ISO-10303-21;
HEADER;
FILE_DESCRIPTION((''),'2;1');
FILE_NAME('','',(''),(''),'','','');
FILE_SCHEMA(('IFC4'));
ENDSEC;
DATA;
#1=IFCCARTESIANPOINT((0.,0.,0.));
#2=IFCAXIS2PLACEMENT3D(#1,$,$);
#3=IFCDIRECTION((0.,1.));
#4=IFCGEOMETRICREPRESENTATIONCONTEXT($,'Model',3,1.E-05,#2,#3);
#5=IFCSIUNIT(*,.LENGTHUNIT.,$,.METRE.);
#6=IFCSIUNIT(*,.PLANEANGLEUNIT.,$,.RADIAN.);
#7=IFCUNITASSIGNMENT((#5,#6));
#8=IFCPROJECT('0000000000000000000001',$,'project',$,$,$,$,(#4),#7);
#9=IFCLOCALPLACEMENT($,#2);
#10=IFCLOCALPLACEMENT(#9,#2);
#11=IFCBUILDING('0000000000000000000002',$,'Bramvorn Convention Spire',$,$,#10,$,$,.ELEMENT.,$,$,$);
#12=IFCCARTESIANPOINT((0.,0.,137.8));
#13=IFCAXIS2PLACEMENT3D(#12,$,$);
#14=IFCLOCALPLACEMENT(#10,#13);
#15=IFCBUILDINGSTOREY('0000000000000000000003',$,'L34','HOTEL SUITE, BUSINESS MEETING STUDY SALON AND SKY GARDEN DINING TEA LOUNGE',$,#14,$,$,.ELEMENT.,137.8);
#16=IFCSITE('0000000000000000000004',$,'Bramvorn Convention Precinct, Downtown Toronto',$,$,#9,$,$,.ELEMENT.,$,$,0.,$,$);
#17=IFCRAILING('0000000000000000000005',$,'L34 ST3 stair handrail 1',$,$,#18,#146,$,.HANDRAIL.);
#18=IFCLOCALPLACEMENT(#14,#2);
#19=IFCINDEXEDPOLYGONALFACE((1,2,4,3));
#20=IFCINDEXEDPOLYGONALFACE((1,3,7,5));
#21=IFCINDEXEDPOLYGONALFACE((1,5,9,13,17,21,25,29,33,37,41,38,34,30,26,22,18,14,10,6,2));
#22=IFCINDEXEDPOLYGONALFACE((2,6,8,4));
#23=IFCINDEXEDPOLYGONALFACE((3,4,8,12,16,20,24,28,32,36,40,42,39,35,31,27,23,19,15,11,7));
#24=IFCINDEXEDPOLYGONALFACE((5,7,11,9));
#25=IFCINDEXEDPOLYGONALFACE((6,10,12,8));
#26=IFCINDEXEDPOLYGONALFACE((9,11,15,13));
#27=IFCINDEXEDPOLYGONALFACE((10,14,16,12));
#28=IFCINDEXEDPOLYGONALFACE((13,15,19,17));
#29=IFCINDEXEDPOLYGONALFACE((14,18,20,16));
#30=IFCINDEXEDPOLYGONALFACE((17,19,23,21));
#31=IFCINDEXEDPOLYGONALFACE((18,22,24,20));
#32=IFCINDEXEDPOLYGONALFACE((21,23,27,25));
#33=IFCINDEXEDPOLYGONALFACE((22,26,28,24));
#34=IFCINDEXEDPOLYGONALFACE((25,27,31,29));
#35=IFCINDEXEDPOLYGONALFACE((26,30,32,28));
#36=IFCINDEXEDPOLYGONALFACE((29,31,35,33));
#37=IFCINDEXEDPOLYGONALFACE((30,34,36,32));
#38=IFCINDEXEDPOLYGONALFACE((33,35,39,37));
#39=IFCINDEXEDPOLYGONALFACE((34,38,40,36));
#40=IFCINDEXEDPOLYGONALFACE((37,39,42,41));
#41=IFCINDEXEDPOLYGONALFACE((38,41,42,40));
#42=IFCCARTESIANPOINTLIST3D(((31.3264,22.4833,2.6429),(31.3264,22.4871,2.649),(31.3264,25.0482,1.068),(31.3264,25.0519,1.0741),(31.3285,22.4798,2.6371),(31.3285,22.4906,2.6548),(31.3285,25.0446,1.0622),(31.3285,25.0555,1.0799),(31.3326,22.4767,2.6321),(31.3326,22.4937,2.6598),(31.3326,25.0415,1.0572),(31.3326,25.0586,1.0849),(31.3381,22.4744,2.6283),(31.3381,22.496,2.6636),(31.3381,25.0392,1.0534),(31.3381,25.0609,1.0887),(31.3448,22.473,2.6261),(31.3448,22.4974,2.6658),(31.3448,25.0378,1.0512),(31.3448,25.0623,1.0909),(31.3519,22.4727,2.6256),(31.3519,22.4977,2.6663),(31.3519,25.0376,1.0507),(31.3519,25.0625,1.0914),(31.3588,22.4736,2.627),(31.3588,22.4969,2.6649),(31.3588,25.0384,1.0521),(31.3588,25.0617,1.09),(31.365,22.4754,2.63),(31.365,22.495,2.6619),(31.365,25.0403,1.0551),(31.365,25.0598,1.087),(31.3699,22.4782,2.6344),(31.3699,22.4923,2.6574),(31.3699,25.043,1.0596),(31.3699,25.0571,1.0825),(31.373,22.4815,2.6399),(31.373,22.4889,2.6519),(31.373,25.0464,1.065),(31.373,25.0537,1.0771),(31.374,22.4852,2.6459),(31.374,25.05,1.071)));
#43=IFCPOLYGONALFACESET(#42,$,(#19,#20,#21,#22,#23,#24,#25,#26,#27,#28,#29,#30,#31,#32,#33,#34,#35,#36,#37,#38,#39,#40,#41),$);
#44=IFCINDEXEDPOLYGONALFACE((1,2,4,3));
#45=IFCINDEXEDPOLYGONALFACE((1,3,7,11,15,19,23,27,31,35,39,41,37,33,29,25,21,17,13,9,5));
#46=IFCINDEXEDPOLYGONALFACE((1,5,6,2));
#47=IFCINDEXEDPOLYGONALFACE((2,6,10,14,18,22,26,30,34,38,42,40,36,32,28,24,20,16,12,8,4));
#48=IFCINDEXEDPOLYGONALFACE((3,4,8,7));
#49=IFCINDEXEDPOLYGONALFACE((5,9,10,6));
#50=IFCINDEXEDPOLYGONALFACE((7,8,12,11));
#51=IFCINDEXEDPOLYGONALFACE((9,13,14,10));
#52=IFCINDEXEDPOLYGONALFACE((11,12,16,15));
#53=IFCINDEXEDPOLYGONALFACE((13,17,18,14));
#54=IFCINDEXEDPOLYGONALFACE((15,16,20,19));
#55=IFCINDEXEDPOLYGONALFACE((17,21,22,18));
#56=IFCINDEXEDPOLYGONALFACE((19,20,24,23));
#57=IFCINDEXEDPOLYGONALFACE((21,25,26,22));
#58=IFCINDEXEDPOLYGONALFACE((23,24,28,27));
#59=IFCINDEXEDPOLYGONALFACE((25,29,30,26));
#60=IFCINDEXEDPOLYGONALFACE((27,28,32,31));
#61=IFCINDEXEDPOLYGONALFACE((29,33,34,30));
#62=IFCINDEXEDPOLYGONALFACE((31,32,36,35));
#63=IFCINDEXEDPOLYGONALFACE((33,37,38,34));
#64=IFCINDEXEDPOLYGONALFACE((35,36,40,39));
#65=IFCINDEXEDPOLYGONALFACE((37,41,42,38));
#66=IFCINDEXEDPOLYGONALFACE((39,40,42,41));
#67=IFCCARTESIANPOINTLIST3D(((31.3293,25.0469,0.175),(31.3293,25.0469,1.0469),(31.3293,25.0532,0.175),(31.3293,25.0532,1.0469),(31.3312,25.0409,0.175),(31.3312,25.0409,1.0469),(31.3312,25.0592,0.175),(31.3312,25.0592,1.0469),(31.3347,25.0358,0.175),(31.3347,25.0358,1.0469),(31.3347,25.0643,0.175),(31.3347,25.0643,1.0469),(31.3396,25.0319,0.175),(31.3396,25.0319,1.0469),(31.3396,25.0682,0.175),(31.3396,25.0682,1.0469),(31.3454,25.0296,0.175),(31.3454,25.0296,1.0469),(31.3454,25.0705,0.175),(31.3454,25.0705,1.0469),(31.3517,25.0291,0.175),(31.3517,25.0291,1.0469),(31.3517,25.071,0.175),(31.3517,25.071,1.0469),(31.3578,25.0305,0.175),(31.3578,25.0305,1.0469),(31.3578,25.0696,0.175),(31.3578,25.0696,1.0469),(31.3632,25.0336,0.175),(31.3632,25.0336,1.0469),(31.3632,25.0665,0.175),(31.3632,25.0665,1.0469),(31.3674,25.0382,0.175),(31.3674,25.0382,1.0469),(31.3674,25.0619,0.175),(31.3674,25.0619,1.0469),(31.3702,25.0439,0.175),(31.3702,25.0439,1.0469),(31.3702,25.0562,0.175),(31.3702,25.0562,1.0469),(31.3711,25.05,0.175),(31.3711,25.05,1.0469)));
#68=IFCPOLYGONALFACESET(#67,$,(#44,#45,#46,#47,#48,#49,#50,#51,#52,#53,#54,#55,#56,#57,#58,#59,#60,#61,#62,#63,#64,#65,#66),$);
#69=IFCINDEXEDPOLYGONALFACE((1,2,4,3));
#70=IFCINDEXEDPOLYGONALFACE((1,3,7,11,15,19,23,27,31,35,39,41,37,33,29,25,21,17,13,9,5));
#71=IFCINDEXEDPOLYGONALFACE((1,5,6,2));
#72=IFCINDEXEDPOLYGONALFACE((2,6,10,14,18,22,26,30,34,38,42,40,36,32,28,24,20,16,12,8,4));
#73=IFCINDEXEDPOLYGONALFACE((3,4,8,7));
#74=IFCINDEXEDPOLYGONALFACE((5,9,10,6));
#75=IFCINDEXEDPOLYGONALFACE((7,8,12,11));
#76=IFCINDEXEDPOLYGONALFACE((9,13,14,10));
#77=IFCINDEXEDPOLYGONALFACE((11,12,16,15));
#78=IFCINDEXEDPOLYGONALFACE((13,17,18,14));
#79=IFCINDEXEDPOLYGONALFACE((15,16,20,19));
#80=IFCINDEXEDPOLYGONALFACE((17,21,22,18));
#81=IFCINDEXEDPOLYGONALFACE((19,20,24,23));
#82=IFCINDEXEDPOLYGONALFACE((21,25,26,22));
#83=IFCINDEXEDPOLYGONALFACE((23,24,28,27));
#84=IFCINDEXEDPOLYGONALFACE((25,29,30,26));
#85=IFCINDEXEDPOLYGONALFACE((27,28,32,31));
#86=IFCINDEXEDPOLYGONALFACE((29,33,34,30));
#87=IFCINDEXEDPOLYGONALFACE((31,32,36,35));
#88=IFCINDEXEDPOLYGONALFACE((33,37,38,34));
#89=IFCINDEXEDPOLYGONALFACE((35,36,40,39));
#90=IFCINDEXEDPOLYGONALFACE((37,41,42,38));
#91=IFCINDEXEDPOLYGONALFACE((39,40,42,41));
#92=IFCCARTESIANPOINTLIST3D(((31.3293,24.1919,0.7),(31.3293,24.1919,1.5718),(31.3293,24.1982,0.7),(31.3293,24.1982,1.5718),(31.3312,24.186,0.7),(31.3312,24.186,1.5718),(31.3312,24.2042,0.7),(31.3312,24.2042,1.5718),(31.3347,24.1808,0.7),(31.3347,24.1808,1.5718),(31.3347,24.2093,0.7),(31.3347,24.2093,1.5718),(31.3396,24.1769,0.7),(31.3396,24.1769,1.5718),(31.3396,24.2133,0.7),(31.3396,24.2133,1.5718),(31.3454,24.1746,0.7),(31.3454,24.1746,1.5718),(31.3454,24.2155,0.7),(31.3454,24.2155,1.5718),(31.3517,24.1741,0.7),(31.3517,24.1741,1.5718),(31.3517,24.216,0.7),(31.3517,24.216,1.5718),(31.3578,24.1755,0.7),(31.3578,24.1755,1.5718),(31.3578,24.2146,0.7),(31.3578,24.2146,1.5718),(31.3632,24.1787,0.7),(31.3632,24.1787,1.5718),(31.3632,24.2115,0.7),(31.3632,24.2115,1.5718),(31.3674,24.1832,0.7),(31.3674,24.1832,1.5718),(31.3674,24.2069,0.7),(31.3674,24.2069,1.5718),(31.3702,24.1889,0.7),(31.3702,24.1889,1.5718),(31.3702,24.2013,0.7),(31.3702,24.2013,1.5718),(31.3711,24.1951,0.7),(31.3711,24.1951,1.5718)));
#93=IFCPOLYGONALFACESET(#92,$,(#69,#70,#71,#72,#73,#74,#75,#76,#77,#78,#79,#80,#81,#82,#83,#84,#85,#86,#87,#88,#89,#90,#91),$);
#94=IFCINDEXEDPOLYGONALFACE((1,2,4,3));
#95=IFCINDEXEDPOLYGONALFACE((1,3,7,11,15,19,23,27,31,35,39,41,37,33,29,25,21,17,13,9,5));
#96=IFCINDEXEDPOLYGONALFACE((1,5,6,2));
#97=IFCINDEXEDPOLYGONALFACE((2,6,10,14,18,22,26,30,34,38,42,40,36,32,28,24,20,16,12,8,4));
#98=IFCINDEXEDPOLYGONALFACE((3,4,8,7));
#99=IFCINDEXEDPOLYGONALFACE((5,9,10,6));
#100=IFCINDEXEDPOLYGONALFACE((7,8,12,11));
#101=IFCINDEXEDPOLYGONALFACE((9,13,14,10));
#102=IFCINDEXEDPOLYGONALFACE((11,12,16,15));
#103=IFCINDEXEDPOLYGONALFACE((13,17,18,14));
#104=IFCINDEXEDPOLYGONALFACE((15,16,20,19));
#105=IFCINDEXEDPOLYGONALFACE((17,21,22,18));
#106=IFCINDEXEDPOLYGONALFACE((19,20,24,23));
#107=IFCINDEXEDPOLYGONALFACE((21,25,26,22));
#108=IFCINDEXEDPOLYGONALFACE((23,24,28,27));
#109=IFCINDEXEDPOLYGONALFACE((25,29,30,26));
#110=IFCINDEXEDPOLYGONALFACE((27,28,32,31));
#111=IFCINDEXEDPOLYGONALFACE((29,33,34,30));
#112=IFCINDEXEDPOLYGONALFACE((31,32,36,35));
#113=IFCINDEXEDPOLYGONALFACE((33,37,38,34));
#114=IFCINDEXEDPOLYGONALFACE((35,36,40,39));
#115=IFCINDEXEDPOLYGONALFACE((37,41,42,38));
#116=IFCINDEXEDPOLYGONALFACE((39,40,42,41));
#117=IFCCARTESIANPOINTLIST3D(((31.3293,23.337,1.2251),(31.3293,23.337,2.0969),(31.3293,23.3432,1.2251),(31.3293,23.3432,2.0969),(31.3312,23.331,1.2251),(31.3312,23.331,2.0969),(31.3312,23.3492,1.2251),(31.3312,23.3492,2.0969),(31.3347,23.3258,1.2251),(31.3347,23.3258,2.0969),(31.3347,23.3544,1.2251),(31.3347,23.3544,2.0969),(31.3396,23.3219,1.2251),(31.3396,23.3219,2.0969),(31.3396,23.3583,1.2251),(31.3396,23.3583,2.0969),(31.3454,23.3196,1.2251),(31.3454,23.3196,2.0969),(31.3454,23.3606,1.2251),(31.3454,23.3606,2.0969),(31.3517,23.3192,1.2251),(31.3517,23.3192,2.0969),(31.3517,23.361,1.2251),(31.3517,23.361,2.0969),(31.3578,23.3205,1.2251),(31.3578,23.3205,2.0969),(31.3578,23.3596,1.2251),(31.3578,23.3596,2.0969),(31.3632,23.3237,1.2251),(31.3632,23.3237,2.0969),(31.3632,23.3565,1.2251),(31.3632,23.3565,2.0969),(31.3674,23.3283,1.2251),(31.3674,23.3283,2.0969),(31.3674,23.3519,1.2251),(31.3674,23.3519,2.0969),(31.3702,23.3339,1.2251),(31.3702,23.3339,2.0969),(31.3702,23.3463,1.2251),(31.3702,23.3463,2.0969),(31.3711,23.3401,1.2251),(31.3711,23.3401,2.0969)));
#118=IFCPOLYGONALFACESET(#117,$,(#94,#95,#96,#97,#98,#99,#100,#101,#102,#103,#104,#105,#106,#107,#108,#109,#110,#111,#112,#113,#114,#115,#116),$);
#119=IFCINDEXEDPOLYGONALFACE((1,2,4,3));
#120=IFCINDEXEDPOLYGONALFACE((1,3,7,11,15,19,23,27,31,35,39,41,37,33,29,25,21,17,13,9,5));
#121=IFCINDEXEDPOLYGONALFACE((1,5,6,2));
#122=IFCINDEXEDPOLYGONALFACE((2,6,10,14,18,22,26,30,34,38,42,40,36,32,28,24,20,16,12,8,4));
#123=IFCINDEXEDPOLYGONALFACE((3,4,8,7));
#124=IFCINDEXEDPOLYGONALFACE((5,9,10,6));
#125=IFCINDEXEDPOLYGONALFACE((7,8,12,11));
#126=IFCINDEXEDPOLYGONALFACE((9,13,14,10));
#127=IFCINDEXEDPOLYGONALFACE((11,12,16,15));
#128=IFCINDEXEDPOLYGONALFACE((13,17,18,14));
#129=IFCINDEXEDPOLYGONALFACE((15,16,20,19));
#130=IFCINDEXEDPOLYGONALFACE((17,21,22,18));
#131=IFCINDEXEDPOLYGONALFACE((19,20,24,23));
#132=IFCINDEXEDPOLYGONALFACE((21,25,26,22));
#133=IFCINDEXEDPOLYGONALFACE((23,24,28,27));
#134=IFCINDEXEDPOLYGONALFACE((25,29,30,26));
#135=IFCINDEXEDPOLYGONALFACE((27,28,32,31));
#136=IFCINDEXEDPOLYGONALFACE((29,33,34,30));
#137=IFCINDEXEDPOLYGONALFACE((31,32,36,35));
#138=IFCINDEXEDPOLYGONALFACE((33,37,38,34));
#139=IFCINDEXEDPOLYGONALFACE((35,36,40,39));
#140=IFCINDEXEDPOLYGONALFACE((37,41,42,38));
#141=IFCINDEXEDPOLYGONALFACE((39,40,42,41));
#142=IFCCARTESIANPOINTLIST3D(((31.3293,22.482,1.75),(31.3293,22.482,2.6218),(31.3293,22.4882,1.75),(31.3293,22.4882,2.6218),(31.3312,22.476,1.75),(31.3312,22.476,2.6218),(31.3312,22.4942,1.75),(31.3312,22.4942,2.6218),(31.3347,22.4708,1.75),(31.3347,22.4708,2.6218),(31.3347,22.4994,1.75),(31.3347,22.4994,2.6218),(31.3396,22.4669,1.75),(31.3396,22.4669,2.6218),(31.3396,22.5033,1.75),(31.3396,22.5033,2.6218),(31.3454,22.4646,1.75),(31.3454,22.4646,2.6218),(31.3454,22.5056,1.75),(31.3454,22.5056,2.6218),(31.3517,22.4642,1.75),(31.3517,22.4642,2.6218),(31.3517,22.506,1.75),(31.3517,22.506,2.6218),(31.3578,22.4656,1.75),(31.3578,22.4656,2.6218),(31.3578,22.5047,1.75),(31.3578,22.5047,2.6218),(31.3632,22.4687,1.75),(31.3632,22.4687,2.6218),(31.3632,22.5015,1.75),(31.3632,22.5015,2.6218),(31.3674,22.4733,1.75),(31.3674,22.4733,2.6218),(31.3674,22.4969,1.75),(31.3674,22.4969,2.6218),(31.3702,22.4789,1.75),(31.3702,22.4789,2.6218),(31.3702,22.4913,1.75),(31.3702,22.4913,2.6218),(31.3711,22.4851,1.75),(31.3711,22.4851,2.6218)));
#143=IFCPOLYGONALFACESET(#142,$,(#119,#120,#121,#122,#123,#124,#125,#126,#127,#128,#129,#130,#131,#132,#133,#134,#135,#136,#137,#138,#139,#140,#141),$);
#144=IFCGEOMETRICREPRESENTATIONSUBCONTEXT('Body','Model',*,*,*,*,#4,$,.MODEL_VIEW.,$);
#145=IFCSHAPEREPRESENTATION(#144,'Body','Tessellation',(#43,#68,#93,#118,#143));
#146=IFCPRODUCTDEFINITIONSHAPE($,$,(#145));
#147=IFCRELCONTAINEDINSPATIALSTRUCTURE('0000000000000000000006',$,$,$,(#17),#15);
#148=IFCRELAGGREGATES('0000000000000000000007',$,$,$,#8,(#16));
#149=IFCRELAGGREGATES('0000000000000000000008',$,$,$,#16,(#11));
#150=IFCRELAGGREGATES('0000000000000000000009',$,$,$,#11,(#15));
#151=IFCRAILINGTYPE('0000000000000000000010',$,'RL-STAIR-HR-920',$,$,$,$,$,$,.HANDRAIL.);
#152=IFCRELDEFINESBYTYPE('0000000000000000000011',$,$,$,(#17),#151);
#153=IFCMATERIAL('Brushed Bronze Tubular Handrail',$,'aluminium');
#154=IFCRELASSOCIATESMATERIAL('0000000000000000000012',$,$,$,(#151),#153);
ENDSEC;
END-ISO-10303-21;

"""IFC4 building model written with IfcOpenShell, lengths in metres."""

from ifc_helpers import new_model, si_unit, direction, frame, origin, origin_2d, place, context, subcontext, project, spatial, circle, extrude, material, type_object, element, save


model = new_model("IFC4")

# Units and contexts
model_context = context("Model", 3, precision=1e-05, world=origin(), true_north=direction((0.0, 1.0)))
body_context = subcontext(model_context, "Body", "Model", "MODEL_VIEW")
ifc_project = project(units=[si_unit("LENGTHUNIT", "METRE"), si_unit("PLANEANGLEUNIT", "RADIAN")], contexts=[model_context])

# Site, building, storey
site_placement = place(None, origin())
site = spatial("IfcSite", under=ifc_project, at=site_placement, Name="Bramvorn Convention Precinct, Downtown Toronto", CompositionType="ELEMENT", RefElevation=0.0)
building_placement = place(site_placement, origin())
building = spatial("IfcBuilding", under=site, at=building_placement, Name="Bramvorn Convention Spire", CompositionType="ELEMENT")
storey_placement = place(building_placement, frame((0.0, 0.0, 137.8)))
storey = spatial("IfcBuildingStorey", under=building, at=storey_placement, Name="L34", Description="HOTEL SUITE, BUSINESS MEETING STUDY SALON AND SKY GARDEN DINING TEA LOUNGE", CompositionType="ELEMENT", Elevation=137.8)

# Railing
ifc_material_1 = material(Name="Brushed Bronze Tubular Handrail", Category="aluminium")
railing_type_1 = type_object("IfcRailingType", Name="RL-STAIR-HR-920", PredefinedType="HANDRAIL", material=ifc_material_1)
railing_1_placement = place(storey_placement, frame((31.3501, 25.05, 0.175)))
element("IfcRailing", 1, at=railing_1_placement, inside=storey, type_object=railing_type_1, Name="L34 ST3 stair handrail 1", PredefinedType="HANDRAIL", context=body_context, shape_type="SweptSolid", body=[
    extrude(circle(Radius=0.0239, at=origin_2d()), frame((0.0, 0.0, 0.896), z_axis=(0.0, -0.852173, 0.52326), x_axis=(1.0, 0.0, 0.0)), (0.0, 0.0, 1.0), 3.0098),
    extrude(circle(Radius=0.021, at=origin_2d()), origin(), (0.0, 0.0, 1.0), 0.8718),
    extrude(circle(Radius=0.021, at=origin_2d()), frame((0.0, -0.855, 0.5249)), (0.0, 0.0, 1.0), 0.8718),
    extrude(circle(Radius=0.021, at=origin_2d()), frame((0.0, -1.71, 1.05)), (0.0, 0.0, 1.0), 0.8718),
    extrude(circle(Radius=0.021, at=origin_2d()), frame((0.0, -2.5649, 1.575)), (0.0, 0.0, 1.0), 0.8718),
])

save(model, "model.ifc")
